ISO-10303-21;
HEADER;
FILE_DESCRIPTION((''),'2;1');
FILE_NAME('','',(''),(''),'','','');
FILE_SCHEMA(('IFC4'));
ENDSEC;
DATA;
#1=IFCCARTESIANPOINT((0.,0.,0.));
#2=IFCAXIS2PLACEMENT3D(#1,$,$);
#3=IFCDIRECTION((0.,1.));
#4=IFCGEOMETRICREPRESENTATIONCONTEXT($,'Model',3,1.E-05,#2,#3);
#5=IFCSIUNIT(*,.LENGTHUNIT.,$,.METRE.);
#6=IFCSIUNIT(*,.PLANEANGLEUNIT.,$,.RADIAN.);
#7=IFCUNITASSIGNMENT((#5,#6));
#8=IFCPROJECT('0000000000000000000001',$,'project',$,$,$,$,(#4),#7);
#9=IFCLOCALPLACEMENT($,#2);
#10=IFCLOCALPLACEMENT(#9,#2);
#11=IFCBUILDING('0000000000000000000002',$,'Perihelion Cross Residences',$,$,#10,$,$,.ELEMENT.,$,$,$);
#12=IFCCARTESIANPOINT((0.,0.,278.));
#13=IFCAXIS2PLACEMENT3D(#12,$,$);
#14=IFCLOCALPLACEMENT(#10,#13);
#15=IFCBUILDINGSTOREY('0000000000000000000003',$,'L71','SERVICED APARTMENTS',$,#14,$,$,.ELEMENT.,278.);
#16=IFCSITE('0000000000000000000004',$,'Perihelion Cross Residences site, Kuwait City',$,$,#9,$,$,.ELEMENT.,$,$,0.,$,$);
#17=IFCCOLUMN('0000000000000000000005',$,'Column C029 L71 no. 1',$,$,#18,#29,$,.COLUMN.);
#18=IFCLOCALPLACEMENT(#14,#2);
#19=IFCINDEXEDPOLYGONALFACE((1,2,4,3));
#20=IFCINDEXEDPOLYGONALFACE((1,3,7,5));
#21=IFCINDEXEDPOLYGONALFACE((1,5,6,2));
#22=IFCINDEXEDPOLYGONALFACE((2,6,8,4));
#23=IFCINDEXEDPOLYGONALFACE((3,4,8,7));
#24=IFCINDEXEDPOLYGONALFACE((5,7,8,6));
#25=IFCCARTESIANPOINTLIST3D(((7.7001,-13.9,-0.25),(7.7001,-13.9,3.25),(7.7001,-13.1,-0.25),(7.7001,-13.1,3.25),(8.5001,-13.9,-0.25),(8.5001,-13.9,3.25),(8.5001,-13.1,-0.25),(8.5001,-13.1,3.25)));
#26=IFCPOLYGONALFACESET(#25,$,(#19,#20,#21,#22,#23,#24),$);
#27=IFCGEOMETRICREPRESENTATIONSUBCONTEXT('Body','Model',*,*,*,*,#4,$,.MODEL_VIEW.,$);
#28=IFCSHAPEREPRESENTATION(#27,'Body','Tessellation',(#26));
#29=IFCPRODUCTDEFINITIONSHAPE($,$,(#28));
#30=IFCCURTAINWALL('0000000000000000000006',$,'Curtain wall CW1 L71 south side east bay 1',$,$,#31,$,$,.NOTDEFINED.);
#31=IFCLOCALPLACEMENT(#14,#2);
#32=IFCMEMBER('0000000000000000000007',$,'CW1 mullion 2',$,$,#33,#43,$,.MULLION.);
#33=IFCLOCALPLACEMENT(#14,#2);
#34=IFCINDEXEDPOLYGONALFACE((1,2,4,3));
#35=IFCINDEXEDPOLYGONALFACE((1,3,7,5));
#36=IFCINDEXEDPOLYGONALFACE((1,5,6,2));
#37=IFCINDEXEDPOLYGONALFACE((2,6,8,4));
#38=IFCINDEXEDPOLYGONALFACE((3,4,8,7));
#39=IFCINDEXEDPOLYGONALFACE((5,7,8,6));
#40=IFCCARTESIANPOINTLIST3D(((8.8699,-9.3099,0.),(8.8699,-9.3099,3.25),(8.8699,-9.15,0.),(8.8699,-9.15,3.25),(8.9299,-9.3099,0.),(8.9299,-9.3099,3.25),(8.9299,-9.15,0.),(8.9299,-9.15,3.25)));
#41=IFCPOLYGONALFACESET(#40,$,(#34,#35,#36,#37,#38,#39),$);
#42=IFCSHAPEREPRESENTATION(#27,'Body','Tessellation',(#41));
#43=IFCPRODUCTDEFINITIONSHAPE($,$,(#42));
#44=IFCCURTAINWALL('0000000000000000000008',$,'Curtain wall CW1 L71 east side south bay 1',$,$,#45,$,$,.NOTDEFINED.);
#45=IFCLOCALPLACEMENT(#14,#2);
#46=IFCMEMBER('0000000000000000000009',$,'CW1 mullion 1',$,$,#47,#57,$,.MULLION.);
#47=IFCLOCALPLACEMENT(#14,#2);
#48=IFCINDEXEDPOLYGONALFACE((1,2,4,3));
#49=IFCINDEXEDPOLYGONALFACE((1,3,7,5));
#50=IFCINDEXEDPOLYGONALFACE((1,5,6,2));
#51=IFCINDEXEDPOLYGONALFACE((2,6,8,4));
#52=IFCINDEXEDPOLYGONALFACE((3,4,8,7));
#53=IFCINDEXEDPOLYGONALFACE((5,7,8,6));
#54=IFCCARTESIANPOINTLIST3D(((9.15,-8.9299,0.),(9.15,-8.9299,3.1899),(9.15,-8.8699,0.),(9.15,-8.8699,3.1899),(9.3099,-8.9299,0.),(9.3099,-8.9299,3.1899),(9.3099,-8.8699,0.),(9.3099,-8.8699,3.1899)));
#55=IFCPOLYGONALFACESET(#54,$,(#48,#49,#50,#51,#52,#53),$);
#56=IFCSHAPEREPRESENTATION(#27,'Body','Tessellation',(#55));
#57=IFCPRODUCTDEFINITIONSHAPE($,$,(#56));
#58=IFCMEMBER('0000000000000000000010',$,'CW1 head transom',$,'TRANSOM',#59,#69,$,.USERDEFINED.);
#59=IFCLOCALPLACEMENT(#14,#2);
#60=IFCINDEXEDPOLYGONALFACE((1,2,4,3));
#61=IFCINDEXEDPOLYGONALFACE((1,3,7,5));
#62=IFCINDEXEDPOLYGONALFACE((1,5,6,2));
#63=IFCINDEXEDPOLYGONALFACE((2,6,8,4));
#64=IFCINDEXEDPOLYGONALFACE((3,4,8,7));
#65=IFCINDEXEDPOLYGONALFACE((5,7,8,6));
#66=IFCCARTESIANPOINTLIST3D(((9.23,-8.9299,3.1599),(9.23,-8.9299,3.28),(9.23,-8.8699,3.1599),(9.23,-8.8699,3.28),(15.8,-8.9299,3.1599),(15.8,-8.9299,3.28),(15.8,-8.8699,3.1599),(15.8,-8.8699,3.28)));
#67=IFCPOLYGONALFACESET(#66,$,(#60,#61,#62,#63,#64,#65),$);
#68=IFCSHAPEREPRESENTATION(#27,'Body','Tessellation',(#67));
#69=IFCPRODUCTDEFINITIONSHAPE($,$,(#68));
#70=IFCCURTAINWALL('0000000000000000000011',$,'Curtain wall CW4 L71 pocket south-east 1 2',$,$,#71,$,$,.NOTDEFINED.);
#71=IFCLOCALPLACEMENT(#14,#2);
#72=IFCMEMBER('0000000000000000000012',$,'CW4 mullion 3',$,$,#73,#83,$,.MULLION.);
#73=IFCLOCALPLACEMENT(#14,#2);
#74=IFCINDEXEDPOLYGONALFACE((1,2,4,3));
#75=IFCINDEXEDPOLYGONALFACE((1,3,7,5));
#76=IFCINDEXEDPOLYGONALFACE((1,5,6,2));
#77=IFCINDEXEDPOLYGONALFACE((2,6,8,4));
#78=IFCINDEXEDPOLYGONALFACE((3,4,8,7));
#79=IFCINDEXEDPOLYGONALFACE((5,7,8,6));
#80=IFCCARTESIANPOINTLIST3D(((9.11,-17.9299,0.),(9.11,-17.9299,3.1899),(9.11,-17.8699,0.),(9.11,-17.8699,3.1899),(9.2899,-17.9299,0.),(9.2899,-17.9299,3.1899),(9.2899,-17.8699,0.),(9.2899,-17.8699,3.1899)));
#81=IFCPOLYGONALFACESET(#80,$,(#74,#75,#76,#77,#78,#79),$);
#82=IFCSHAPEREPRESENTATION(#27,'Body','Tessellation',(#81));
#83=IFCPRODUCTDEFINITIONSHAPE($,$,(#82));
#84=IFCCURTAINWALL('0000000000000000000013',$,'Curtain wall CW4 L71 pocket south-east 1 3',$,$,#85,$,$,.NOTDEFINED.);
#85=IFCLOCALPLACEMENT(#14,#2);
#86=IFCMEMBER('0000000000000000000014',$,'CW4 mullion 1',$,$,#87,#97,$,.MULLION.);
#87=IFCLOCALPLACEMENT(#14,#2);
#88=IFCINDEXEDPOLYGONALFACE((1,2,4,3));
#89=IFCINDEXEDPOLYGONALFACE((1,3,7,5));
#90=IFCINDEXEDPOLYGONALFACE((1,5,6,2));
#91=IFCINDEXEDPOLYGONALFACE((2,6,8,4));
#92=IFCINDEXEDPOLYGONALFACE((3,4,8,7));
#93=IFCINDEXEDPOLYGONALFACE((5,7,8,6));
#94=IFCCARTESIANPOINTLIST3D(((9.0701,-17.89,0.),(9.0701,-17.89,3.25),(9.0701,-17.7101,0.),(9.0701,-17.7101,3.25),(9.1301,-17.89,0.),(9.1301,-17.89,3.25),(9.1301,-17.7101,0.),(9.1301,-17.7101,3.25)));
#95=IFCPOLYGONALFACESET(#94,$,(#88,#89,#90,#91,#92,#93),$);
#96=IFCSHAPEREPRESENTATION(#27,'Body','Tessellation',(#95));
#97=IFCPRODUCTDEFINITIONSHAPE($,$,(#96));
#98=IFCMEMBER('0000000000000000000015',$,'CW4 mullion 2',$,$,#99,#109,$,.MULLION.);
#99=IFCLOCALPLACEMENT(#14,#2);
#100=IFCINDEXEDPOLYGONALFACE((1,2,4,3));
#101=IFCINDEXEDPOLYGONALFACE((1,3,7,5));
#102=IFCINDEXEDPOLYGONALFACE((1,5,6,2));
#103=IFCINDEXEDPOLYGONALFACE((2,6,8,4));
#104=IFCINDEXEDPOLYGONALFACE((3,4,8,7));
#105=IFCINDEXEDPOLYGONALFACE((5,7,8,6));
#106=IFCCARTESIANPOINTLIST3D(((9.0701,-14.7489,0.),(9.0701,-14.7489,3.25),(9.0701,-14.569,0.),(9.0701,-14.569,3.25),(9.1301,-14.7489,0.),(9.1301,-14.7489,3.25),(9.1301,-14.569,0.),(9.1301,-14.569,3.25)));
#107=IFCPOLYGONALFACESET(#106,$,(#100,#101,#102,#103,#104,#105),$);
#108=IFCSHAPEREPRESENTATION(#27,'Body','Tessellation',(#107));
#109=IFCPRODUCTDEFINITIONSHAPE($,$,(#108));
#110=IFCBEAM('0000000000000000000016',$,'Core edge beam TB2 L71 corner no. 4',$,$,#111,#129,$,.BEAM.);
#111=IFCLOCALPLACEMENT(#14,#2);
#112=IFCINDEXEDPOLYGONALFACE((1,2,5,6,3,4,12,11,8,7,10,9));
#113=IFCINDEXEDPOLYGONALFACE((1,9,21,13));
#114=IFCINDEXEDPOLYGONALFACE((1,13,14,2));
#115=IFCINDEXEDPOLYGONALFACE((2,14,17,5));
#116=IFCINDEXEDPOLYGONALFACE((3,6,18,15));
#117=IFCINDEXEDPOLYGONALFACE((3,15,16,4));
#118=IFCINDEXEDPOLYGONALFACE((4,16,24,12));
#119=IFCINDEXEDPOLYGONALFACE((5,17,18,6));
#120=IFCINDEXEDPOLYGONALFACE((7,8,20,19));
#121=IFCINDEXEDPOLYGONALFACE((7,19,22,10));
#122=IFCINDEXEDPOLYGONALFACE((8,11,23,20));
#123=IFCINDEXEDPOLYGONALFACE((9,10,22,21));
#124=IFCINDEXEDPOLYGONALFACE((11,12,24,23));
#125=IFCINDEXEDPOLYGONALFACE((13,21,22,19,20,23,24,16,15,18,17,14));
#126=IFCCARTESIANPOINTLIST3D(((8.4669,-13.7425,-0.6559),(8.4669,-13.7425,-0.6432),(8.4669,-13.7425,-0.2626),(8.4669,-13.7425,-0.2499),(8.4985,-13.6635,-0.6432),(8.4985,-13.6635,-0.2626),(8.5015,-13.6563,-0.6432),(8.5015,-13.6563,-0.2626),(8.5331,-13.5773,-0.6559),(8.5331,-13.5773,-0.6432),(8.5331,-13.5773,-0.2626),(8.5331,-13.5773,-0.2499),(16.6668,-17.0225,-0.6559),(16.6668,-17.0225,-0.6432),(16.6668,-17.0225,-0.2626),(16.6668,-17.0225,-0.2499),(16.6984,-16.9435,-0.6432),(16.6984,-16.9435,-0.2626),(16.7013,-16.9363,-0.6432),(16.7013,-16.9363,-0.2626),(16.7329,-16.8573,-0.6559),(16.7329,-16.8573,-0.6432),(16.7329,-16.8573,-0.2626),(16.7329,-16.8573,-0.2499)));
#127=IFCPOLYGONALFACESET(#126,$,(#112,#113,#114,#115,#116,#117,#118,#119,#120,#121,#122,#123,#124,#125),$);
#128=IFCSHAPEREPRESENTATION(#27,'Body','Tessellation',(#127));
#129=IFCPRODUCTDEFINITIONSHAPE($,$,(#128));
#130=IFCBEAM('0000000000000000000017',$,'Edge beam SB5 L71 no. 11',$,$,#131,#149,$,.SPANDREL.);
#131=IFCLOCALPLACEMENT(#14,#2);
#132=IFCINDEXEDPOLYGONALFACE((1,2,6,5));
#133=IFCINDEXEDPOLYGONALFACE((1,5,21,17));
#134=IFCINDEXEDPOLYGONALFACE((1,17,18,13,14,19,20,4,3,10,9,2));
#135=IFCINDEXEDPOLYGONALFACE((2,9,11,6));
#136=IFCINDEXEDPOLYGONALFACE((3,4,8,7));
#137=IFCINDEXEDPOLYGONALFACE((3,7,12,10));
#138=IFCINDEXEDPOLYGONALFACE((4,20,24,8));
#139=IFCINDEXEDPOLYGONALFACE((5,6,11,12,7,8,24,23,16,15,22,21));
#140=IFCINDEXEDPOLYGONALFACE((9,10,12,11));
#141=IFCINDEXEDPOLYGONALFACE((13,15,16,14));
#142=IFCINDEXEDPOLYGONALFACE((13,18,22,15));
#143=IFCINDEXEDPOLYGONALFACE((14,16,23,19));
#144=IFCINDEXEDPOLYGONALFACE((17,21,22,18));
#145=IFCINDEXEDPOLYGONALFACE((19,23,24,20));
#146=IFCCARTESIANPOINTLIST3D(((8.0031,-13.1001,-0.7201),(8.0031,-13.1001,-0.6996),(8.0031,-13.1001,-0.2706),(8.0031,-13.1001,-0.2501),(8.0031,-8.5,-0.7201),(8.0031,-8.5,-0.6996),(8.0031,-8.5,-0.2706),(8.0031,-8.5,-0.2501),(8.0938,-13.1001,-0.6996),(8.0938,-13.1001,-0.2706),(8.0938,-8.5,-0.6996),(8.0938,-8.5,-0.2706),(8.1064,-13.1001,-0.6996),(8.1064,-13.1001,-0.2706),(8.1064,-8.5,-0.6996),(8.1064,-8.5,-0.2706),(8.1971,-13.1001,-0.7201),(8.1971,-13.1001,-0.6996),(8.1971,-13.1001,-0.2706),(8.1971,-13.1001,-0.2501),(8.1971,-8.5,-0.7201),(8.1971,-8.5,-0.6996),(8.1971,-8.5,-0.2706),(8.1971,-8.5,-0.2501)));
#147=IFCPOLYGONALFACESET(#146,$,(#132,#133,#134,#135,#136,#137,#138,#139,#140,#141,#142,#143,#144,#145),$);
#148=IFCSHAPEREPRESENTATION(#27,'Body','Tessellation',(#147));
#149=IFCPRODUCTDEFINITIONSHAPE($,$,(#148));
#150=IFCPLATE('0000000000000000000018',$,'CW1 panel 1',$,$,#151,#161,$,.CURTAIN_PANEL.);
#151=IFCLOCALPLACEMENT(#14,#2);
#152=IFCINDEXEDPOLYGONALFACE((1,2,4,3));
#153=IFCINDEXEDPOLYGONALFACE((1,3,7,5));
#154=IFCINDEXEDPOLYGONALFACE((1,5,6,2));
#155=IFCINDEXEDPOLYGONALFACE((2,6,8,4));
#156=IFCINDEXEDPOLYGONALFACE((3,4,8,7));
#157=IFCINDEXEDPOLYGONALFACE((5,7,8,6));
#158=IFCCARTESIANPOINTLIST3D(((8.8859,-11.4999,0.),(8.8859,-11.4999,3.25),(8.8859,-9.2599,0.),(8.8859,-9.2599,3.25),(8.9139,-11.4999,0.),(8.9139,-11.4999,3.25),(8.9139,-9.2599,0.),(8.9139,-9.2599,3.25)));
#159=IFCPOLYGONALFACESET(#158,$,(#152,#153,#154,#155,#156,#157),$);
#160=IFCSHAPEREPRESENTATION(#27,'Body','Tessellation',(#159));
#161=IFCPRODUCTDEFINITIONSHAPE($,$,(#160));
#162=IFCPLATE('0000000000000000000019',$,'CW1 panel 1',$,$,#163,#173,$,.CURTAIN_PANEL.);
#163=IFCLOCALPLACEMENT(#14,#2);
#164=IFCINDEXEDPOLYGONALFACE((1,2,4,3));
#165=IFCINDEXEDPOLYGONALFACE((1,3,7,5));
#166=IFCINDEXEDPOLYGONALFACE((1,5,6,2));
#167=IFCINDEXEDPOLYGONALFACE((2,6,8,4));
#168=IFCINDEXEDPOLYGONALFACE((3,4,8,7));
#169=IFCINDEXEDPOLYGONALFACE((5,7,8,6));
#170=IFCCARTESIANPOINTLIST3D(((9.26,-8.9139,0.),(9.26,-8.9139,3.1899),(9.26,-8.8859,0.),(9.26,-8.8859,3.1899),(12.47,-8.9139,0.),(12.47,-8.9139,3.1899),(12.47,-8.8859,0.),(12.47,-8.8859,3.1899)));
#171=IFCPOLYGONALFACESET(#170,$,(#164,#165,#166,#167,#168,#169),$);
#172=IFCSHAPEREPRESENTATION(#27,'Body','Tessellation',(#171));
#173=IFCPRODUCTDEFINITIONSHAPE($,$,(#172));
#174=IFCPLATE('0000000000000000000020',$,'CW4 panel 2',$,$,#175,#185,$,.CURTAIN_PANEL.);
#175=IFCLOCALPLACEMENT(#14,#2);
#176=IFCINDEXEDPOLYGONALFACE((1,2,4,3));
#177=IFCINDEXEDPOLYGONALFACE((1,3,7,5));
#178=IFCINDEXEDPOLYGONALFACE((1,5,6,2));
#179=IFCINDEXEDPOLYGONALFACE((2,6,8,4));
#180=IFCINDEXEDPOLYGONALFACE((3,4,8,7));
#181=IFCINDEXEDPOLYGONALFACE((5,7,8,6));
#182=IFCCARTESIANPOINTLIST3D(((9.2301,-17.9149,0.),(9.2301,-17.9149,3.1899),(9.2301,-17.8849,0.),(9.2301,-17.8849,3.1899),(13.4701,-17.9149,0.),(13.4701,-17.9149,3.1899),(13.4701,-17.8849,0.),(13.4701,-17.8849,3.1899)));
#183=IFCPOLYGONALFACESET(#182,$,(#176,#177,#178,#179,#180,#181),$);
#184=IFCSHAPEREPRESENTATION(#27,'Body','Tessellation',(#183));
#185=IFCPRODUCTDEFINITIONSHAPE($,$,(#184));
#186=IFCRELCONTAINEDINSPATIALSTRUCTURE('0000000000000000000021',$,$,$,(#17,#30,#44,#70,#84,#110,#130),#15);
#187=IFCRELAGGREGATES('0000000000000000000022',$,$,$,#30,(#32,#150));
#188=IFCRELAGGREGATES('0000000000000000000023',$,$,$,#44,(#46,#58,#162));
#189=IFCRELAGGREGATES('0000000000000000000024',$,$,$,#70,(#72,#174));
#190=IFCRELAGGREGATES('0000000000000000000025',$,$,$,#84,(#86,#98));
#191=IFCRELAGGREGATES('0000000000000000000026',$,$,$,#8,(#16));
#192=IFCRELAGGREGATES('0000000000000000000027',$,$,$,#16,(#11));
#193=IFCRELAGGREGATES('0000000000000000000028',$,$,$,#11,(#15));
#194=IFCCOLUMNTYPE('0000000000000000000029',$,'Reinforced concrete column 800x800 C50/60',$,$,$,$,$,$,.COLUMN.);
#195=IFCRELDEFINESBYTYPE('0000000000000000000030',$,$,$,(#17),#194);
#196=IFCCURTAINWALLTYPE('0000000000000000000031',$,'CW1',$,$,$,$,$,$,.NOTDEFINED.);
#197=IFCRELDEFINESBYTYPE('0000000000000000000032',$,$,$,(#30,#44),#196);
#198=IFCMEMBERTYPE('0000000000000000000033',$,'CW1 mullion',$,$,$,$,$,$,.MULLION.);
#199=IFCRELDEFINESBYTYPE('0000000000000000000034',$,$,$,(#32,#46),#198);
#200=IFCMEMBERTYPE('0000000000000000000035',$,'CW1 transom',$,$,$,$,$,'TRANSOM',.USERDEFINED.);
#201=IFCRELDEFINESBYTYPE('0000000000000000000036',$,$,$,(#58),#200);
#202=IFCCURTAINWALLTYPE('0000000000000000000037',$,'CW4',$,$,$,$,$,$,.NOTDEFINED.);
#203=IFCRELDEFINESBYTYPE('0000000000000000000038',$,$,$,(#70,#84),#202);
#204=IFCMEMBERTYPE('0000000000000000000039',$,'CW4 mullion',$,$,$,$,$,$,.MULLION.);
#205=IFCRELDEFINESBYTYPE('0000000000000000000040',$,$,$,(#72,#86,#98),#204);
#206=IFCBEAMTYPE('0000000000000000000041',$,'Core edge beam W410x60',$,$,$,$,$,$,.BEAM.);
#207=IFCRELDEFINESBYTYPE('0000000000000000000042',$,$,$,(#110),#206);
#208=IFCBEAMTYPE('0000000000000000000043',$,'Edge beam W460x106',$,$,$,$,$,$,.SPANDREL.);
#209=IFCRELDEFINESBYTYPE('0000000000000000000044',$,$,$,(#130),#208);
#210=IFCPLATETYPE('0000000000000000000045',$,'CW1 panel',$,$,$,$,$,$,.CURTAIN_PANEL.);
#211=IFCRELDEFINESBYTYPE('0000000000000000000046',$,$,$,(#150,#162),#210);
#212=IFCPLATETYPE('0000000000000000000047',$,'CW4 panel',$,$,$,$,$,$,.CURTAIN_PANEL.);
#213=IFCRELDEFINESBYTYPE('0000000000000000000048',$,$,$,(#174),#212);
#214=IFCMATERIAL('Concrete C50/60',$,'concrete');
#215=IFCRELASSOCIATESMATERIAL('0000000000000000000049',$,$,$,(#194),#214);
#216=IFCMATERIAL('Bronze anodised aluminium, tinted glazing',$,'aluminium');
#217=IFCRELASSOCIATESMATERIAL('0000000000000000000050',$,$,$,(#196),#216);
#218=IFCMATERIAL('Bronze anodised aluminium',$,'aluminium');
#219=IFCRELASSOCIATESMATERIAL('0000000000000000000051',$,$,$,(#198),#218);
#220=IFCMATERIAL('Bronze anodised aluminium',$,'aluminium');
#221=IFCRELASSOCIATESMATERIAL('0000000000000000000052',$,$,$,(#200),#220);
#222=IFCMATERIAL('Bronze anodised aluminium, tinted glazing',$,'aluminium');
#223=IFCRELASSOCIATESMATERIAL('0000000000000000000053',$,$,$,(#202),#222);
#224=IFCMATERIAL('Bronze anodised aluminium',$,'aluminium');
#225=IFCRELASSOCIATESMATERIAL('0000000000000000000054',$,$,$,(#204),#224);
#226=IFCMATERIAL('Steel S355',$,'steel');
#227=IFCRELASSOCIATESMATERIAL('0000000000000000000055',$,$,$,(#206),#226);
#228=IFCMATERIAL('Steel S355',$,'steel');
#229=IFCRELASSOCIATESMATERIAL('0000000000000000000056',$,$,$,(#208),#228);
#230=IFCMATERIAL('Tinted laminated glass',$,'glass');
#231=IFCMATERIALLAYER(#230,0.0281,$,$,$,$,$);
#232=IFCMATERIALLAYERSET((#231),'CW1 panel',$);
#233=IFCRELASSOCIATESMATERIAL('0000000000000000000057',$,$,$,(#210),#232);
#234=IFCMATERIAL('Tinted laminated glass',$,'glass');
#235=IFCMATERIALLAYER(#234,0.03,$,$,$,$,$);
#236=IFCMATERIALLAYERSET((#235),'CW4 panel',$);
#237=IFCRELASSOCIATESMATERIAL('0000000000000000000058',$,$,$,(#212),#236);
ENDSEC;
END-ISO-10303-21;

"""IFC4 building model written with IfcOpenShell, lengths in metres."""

from ifc_helpers import new_model, si_unit, direction, frame, origin, origin_2d, place, context, subcontext, project, spatial, rectangle, i_section, extrude, material, layer, layer_set, material_profile, profile_set, type_object, element, aggregate, save


model = new_model("IFC4")

# Units and contexts
model_context = context("Model", 3, precision=1e-05, world=origin(), true_north=direction((0.0, 1.0)))
body_context = subcontext(model_context, "Body", "Model", "MODEL_VIEW")
ifc_project = project(units=[si_unit("LENGTHUNIT", "METRE"), si_unit("PLANEANGLEUNIT", "RADIAN")], contexts=[model_context])

# Site, building, storey
site_placement = place(None, origin())
site = spatial("IfcSite", under=ifc_project, at=site_placement, Name="Perihelion Cross Residences site, Kuwait City", CompositionType="ELEMENT", RefElevation=0.0)
building_placement = place(site_placement, origin())
building = spatial("IfcBuilding", under=site, at=building_placement, Name="Perihelion Cross Residences", CompositionType="ELEMENT")
storey_placement = place(building_placement, frame((0.0, 0.0, 278.0)))
storey = spatial("IfcBuildingStorey", under=building, at=storey_placement, Name="L71", Description="SERVICED APARTMENTS", CompositionType="ELEMENT", Elevation=278.0)

# Column
ifc_material_1 = material(Name="Concrete C50/60", Category="concrete")
ifc_material_profile_1 = material_profile(ifc_material_1, rectangle(XDim=0.8, YDim=0.8, at=origin_2d()), Name="RC 800x800")
ifc_profile_set_1 = profile_set([ifc_material_profile_1], Name="Concrete C50/60")
column_type = type_object("IfcColumnType", Name="Reinforced concrete column 800x800 C50/60", PredefinedType="COLUMN", material=ifc_profile_set_1)
column_placement = place(storey_placement, frame((8.1001, -13.5, -0.25), z_axis=(0.0, 0.0, 1.0), x_axis=(1.0, 0.0, 0.0)))
element("IfcColumn", 1, at=column_placement, inside=storey, type_object=column_type, Name="Column C029 L71 no. 1", PredefinedType="COLUMN", context=body_context, shape_type="SweptSolid", body=[
    extrude(rectangle(XDim=0.8, YDim=0.8, at=origin_2d()), origin(), (0.0, 0.0, 1.0), 3.5),
])

# Curtain wall, member
ifc_material_2 = material(Name="Bronze anodised aluminium, tinted glazing", Category="aluminium")
curtain_wall_type_1 = type_object("IfcCurtainWallType", Name="CW1", PredefinedType="NOTDEFINED", material=ifc_material_2)
curtain_wall_1_placement = place(storey_placement, origin())
curtain_wall_1 = element("IfcCurtainWall", 2, at=curtain_wall_1_placement, inside=storey, type_object=curtain_wall_type_1, Name="Curtain wall CW1 L71 south side east bay 1", PredefinedType="NOTDEFINED")
ifc_material_3 = material(Name="Bronze anodised aluminium", Category="aluminium")
ifc_material_profile_2 = material_profile(ifc_material_3, rectangle(XDim=0.0601, YDim=0.1599, at=origin_2d()), Name="CW1 mullion")
ifc_profile_set_2 = profile_set([ifc_material_profile_2], Name="Bronze anodised aluminium")
member_type_1 = type_object("IfcMemberType", Name="CW1 mullion", PredefinedType="MULLION", material=ifc_profile_set_2)
member_1_placement = place(storey_placement, frame((8.8999, -9.23, 0.0), z_axis=(0.0, 0.0, 1.0), x_axis=(-1.0, 0.0, 0.0)))
member_1 = element("IfcMember", 3, at=member_1_placement, type_object=member_type_1, Name="CW1 mullion 2", PredefinedType="MULLION", context=body_context, shape_type="SweptSolid", body=[
    extrude(rectangle(XDim=0.0601, YDim=0.1599, at=origin_2d()), origin(), (0.0, 0.0, 1.0), 3.25),
])

# Curtain wall, members
curtain_wall_2_placement = place(storey_placement, origin())
curtain_wall_2 = element("IfcCurtainWall", 4, at=curtain_wall_2_placement, inside=storey, type_object=curtain_wall_type_1, Name="Curtain wall CW1 L71 east side south bay 1", PredefinedType="NOTDEFINED")
member_2_placement = place(storey_placement, frame((9.23, -8.8999, 0.0), z_axis=(0.0, 0.0, 1.0), x_axis=(0.0, 1.0, 0.0)))
member_2 = element("IfcMember", 5, at=member_2_placement, type_object=member_type_1, Name="CW1 mullion 1", PredefinedType="MULLION", context=body_context, shape_type="SweptSolid", body=[
    extrude(rectangle(XDim=0.0601, YDim=0.1599, at=origin_2d()), origin(), (0.0, 0.0, 1.0), 3.1899),
])
ifc_material_4 = material(Name="Bronze anodised aluminium", Category="aluminium")
ifc_material_profile_3 = material_profile(ifc_material_4, rectangle(XDim=0.0601, YDim=0.1201, at=origin_2d()), Name="CW1 transom")
ifc_profile_set_3 = profile_set([ifc_material_profile_3], Name="Bronze anodised aluminium")
member_type_2 = type_object("IfcMemberType", Name="CW1 transom", ElementType="TRANSOM", PredefinedType="USERDEFINED", material=ifc_profile_set_3)
member_3_placement = place(storey_placement, frame((9.23, -8.8999, 3.22), z_axis=(1.0, 0.0, 0.0), x_axis=(0.0, 1.0, 0.0)))
member_3 = element("IfcMember", 6, at=member_3_placement, type_object=member_type_2, Name="CW1 head transom", ObjectType="TRANSOM", PredefinedType="USERDEFINED", context=body_context, shape_type="SweptSolid", body=[
    extrude(rectangle(XDim=0.0601, YDim=0.1201, at=origin_2d()), origin(), (0.0, 0.0, 1.0), 6.5701),
])

# Curtain wall, member
ifc_material_5 = material(Name="Bronze anodised aluminium, tinted glazing", Category="aluminium")
curtain_wall_type_2 = type_object("IfcCurtainWallType", Name="CW4", PredefinedType="NOTDEFINED", material=ifc_material_5)
curtain_wall_3_placement = place(storey_placement, origin())
curtain_wall_3 = element("IfcCurtainWall", 7, at=curtain_wall_3_placement, inside=storey, type_object=curtain_wall_type_2, Name="Curtain wall CW4 L71 pocket south-east 1 2", PredefinedType="NOTDEFINED")
ifc_material_6 = material(Name="Bronze anodised aluminium", Category="aluminium")
ifc_material_profile_4 = material_profile(ifc_material_6, rectangle(XDim=0.0601, YDim=0.1799, at=origin_2d()), Name="CW4 mullion")
ifc_profile_set_4 = profile_set([ifc_material_profile_4], Name="Bronze anodised aluminium")
member_type_3 = type_object("IfcMemberType", Name="CW4 mullion", PredefinedType="MULLION", material=ifc_profile_set_4)
member_4_placement = place(storey_placement, frame((9.2, -17.8999, 0.0), z_axis=(0.0, 0.0, 1.0), x_axis=(0.0, -1.0, 0.0)))
member_4 = element("IfcMember", 8, at=member_4_placement, type_object=member_type_3, Name="CW4 mullion 3", PredefinedType="MULLION", context=body_context, shape_type="SweptSolid", body=[
    extrude(rectangle(XDim=0.0601, YDim=0.1799, at=origin_2d()), origin(), (0.0, 0.0, 1.0), 3.1899),
])

# Curtain wall, members
curtain_wall_4_placement = place(storey_placement, origin())
curtain_wall_4 = element("IfcCurtainWall", 9, at=curtain_wall_4_placement, inside=storey, type_object=curtain_wall_type_2, Name="Curtain wall CW4 L71 pocket south-east 1 3", PredefinedType="NOTDEFINED")
member_5_placement = place(storey_placement, frame((9.1001, -17.8, 0.0), z_axis=(0.0, 0.0, 1.0), x_axis=(-1.0, 0.0, 0.0)))
member_5 = element("IfcMember", 10, at=member_5_placement, type_object=member_type_3, Name="CW4 mullion 1", PredefinedType="MULLION", context=body_context, shape_type="SweptSolid", body=[
    extrude(rectangle(XDim=0.0601, YDim=0.1799, at=origin_2d()), origin(), (0.0, 0.0, 1.0), 3.25),
])
member_6_placement = place(storey_placement, frame((9.1001, -14.6589, 0.0), z_axis=(0.0, 0.0, 1.0), x_axis=(-1.0, 0.0, 0.0)))
member_6 = element("IfcMember", 11, at=member_6_placement, type_object=member_type_3, Name="CW4 mullion 2", PredefinedType="MULLION", context=body_context, shape_type="SweptSolid", body=[
    extrude(rectangle(XDim=0.0601, YDim=0.1799, at=origin_2d()), origin(), (0.0, 0.0, 1.0), 3.25),
])

# Beams
ifc_material_7 = material(Name="Steel S355", Category="steel")
ifc_material_profile_5 = material_profile(ifc_material_7, i_section(OverallWidth=0.178, OverallDepth=0.406, WebThickness=0.0078, FlangeThickness=0.0127, at=origin_2d()), Name="W410x60")
ifc_profile_set_5 = profile_set([ifc_material_profile_5], Name="Steel S355")
beam_type_1 = type_object("IfcBeamType", Name="Core edge beam W410x60", PredefinedType="BEAM", material=ifc_profile_set_5)
beam_1_placement = place(storey_placement, frame((8.5, -13.6599, -0.4529), z_axis=(0.928475, -0.371395, 0.0), x_axis=(0.371395, 0.928475, 0.0)))
element("IfcBeam", 12, at=beam_1_placement, inside=storey, type_object=beam_type_1, Name="Core edge beam TB2 L71 corner no. 4", PredefinedType="BEAM", context=body_context, shape_type="SweptSolid", body=[
    extrude(i_section(OverallWidth=0.178, OverallDepth=0.406, WebThickness=0.0078, FlangeThickness=0.0127, at=origin_2d()), origin(), (0.0, 0.0, 1.0), 8.8315),
])
ifc_material_8 = material(Name="Steel S355", Category="steel")
ifc_material_profile_6 = material_profile(ifc_material_8, i_section(OverallWidth=0.1941, OverallDepth=0.47, WebThickness=0.0127, FlangeThickness=0.0205, at=origin_2d()), Name="W460x106")
ifc_profile_set_6 = profile_set([ifc_material_profile_6], Name="Steel S355")
beam_type_2 = type_object("IfcBeamType", Name="Edge beam W460x106", PredefinedType="SPANDREL", material=ifc_profile_set_6)
beam_2_placement = place(storey_placement, frame((8.1001, -13.1001, -0.4851), z_axis=(0.0, 1.0, 0.0), x_axis=(-1.0, 0.0, 0.0)))
element("IfcBeam", 13, at=beam_2_placement, inside=storey, type_object=beam_type_2, Name="Edge beam SB5 L71 no. 11", PredefinedType="SPANDREL", context=body_context, shape_type="SweptSolid", body=[
    extrude(i_section(OverallWidth=0.1941, OverallDepth=0.47, WebThickness=0.0127, FlangeThickness=0.0205, at=origin_2d()), origin(), (0.0, 0.0, 1.0), 4.6001),
])

# Plates
ifc_material_9 = material(Name="Tinted laminated glass", Category="glass")
ifc_layer_1 = layer(ifc_material_9, 0.0281)
ifc_layer_set_1 = layer_set([ifc_layer_1], Name="CW1 panel")
plate_type_1 = type_object("IfcPlateType", Name="CW1 panel", PredefinedType="CURTAIN_PANEL", material=ifc_layer_set_1)
plate_1_placement = place(storey_placement, frame((8.8999, -10.3799, 0.0), z_axis=(0.0, 0.0, 1.0), x_axis=(0.0, 1.0, 0.0)))
plate_1 = element("IfcPlate", 14, at=plate_1_placement, type_object=plate_type_1, Name="CW1 panel 1", PredefinedType="CURTAIN_PANEL", context=body_context, shape_type="SweptSolid", body=[
    extrude(rectangle(XDim=2.24, YDim=0.0281, at=origin_2d()), origin(), (0.0, 0.0, 1.0), 3.25),
])
aggregate(curtain_wall_1, [member_1, plate_1])
plate_2_placement = place(storey_placement, frame((10.865, -8.8999, 0.0), z_axis=(0.0, 0.0, 1.0), x_axis=(1.0, 0.0, 0.0)))
plate_2 = element("IfcPlate", 15, at=plate_2_placement, type_object=plate_type_1, Name="CW1 panel 1", PredefinedType="CURTAIN_PANEL", context=body_context, shape_type="SweptSolid", body=[
    extrude(rectangle(XDim=3.21, YDim=0.0281, at=origin_2d()), origin(), (0.0, 0.0, 1.0), 3.1899),
])
aggregate(curtain_wall_2, [member_2, member_3, plate_2])
ifc_material_10 = material(Name="Tinted laminated glass", Category="glass")
ifc_layer_2 = layer(ifc_material_10, 0.03)
ifc_layer_set_2 = layer_set([ifc_layer_2], Name="CW4 panel")
plate_type_2 = type_object("IfcPlateType", Name="CW4 panel", PredefinedType="CURTAIN_PANEL", material=ifc_layer_set_2)
plate_3_placement = place(storey_placement, frame((11.3501, -17.8999, 0.0), z_axis=(0.0, 0.0, 1.0), x_axis=(-1.0, 0.0, 0.0)))
plate_3 = element("IfcPlate", 16, at=plate_3_placement, type_object=plate_type_2, Name="CW4 panel 2", PredefinedType="CURTAIN_PANEL", context=body_context, shape_type="SweptSolid", body=[
    extrude(rectangle(XDim=4.24, YDim=0.03, at=origin_2d()), origin(), (0.0, 0.0, 1.0), 3.1899),
])
aggregate(curtain_wall_3, [member_4, plate_3])
aggregate(curtain_wall_4, [member_5, member_6])

save(model, "model.ifc")
